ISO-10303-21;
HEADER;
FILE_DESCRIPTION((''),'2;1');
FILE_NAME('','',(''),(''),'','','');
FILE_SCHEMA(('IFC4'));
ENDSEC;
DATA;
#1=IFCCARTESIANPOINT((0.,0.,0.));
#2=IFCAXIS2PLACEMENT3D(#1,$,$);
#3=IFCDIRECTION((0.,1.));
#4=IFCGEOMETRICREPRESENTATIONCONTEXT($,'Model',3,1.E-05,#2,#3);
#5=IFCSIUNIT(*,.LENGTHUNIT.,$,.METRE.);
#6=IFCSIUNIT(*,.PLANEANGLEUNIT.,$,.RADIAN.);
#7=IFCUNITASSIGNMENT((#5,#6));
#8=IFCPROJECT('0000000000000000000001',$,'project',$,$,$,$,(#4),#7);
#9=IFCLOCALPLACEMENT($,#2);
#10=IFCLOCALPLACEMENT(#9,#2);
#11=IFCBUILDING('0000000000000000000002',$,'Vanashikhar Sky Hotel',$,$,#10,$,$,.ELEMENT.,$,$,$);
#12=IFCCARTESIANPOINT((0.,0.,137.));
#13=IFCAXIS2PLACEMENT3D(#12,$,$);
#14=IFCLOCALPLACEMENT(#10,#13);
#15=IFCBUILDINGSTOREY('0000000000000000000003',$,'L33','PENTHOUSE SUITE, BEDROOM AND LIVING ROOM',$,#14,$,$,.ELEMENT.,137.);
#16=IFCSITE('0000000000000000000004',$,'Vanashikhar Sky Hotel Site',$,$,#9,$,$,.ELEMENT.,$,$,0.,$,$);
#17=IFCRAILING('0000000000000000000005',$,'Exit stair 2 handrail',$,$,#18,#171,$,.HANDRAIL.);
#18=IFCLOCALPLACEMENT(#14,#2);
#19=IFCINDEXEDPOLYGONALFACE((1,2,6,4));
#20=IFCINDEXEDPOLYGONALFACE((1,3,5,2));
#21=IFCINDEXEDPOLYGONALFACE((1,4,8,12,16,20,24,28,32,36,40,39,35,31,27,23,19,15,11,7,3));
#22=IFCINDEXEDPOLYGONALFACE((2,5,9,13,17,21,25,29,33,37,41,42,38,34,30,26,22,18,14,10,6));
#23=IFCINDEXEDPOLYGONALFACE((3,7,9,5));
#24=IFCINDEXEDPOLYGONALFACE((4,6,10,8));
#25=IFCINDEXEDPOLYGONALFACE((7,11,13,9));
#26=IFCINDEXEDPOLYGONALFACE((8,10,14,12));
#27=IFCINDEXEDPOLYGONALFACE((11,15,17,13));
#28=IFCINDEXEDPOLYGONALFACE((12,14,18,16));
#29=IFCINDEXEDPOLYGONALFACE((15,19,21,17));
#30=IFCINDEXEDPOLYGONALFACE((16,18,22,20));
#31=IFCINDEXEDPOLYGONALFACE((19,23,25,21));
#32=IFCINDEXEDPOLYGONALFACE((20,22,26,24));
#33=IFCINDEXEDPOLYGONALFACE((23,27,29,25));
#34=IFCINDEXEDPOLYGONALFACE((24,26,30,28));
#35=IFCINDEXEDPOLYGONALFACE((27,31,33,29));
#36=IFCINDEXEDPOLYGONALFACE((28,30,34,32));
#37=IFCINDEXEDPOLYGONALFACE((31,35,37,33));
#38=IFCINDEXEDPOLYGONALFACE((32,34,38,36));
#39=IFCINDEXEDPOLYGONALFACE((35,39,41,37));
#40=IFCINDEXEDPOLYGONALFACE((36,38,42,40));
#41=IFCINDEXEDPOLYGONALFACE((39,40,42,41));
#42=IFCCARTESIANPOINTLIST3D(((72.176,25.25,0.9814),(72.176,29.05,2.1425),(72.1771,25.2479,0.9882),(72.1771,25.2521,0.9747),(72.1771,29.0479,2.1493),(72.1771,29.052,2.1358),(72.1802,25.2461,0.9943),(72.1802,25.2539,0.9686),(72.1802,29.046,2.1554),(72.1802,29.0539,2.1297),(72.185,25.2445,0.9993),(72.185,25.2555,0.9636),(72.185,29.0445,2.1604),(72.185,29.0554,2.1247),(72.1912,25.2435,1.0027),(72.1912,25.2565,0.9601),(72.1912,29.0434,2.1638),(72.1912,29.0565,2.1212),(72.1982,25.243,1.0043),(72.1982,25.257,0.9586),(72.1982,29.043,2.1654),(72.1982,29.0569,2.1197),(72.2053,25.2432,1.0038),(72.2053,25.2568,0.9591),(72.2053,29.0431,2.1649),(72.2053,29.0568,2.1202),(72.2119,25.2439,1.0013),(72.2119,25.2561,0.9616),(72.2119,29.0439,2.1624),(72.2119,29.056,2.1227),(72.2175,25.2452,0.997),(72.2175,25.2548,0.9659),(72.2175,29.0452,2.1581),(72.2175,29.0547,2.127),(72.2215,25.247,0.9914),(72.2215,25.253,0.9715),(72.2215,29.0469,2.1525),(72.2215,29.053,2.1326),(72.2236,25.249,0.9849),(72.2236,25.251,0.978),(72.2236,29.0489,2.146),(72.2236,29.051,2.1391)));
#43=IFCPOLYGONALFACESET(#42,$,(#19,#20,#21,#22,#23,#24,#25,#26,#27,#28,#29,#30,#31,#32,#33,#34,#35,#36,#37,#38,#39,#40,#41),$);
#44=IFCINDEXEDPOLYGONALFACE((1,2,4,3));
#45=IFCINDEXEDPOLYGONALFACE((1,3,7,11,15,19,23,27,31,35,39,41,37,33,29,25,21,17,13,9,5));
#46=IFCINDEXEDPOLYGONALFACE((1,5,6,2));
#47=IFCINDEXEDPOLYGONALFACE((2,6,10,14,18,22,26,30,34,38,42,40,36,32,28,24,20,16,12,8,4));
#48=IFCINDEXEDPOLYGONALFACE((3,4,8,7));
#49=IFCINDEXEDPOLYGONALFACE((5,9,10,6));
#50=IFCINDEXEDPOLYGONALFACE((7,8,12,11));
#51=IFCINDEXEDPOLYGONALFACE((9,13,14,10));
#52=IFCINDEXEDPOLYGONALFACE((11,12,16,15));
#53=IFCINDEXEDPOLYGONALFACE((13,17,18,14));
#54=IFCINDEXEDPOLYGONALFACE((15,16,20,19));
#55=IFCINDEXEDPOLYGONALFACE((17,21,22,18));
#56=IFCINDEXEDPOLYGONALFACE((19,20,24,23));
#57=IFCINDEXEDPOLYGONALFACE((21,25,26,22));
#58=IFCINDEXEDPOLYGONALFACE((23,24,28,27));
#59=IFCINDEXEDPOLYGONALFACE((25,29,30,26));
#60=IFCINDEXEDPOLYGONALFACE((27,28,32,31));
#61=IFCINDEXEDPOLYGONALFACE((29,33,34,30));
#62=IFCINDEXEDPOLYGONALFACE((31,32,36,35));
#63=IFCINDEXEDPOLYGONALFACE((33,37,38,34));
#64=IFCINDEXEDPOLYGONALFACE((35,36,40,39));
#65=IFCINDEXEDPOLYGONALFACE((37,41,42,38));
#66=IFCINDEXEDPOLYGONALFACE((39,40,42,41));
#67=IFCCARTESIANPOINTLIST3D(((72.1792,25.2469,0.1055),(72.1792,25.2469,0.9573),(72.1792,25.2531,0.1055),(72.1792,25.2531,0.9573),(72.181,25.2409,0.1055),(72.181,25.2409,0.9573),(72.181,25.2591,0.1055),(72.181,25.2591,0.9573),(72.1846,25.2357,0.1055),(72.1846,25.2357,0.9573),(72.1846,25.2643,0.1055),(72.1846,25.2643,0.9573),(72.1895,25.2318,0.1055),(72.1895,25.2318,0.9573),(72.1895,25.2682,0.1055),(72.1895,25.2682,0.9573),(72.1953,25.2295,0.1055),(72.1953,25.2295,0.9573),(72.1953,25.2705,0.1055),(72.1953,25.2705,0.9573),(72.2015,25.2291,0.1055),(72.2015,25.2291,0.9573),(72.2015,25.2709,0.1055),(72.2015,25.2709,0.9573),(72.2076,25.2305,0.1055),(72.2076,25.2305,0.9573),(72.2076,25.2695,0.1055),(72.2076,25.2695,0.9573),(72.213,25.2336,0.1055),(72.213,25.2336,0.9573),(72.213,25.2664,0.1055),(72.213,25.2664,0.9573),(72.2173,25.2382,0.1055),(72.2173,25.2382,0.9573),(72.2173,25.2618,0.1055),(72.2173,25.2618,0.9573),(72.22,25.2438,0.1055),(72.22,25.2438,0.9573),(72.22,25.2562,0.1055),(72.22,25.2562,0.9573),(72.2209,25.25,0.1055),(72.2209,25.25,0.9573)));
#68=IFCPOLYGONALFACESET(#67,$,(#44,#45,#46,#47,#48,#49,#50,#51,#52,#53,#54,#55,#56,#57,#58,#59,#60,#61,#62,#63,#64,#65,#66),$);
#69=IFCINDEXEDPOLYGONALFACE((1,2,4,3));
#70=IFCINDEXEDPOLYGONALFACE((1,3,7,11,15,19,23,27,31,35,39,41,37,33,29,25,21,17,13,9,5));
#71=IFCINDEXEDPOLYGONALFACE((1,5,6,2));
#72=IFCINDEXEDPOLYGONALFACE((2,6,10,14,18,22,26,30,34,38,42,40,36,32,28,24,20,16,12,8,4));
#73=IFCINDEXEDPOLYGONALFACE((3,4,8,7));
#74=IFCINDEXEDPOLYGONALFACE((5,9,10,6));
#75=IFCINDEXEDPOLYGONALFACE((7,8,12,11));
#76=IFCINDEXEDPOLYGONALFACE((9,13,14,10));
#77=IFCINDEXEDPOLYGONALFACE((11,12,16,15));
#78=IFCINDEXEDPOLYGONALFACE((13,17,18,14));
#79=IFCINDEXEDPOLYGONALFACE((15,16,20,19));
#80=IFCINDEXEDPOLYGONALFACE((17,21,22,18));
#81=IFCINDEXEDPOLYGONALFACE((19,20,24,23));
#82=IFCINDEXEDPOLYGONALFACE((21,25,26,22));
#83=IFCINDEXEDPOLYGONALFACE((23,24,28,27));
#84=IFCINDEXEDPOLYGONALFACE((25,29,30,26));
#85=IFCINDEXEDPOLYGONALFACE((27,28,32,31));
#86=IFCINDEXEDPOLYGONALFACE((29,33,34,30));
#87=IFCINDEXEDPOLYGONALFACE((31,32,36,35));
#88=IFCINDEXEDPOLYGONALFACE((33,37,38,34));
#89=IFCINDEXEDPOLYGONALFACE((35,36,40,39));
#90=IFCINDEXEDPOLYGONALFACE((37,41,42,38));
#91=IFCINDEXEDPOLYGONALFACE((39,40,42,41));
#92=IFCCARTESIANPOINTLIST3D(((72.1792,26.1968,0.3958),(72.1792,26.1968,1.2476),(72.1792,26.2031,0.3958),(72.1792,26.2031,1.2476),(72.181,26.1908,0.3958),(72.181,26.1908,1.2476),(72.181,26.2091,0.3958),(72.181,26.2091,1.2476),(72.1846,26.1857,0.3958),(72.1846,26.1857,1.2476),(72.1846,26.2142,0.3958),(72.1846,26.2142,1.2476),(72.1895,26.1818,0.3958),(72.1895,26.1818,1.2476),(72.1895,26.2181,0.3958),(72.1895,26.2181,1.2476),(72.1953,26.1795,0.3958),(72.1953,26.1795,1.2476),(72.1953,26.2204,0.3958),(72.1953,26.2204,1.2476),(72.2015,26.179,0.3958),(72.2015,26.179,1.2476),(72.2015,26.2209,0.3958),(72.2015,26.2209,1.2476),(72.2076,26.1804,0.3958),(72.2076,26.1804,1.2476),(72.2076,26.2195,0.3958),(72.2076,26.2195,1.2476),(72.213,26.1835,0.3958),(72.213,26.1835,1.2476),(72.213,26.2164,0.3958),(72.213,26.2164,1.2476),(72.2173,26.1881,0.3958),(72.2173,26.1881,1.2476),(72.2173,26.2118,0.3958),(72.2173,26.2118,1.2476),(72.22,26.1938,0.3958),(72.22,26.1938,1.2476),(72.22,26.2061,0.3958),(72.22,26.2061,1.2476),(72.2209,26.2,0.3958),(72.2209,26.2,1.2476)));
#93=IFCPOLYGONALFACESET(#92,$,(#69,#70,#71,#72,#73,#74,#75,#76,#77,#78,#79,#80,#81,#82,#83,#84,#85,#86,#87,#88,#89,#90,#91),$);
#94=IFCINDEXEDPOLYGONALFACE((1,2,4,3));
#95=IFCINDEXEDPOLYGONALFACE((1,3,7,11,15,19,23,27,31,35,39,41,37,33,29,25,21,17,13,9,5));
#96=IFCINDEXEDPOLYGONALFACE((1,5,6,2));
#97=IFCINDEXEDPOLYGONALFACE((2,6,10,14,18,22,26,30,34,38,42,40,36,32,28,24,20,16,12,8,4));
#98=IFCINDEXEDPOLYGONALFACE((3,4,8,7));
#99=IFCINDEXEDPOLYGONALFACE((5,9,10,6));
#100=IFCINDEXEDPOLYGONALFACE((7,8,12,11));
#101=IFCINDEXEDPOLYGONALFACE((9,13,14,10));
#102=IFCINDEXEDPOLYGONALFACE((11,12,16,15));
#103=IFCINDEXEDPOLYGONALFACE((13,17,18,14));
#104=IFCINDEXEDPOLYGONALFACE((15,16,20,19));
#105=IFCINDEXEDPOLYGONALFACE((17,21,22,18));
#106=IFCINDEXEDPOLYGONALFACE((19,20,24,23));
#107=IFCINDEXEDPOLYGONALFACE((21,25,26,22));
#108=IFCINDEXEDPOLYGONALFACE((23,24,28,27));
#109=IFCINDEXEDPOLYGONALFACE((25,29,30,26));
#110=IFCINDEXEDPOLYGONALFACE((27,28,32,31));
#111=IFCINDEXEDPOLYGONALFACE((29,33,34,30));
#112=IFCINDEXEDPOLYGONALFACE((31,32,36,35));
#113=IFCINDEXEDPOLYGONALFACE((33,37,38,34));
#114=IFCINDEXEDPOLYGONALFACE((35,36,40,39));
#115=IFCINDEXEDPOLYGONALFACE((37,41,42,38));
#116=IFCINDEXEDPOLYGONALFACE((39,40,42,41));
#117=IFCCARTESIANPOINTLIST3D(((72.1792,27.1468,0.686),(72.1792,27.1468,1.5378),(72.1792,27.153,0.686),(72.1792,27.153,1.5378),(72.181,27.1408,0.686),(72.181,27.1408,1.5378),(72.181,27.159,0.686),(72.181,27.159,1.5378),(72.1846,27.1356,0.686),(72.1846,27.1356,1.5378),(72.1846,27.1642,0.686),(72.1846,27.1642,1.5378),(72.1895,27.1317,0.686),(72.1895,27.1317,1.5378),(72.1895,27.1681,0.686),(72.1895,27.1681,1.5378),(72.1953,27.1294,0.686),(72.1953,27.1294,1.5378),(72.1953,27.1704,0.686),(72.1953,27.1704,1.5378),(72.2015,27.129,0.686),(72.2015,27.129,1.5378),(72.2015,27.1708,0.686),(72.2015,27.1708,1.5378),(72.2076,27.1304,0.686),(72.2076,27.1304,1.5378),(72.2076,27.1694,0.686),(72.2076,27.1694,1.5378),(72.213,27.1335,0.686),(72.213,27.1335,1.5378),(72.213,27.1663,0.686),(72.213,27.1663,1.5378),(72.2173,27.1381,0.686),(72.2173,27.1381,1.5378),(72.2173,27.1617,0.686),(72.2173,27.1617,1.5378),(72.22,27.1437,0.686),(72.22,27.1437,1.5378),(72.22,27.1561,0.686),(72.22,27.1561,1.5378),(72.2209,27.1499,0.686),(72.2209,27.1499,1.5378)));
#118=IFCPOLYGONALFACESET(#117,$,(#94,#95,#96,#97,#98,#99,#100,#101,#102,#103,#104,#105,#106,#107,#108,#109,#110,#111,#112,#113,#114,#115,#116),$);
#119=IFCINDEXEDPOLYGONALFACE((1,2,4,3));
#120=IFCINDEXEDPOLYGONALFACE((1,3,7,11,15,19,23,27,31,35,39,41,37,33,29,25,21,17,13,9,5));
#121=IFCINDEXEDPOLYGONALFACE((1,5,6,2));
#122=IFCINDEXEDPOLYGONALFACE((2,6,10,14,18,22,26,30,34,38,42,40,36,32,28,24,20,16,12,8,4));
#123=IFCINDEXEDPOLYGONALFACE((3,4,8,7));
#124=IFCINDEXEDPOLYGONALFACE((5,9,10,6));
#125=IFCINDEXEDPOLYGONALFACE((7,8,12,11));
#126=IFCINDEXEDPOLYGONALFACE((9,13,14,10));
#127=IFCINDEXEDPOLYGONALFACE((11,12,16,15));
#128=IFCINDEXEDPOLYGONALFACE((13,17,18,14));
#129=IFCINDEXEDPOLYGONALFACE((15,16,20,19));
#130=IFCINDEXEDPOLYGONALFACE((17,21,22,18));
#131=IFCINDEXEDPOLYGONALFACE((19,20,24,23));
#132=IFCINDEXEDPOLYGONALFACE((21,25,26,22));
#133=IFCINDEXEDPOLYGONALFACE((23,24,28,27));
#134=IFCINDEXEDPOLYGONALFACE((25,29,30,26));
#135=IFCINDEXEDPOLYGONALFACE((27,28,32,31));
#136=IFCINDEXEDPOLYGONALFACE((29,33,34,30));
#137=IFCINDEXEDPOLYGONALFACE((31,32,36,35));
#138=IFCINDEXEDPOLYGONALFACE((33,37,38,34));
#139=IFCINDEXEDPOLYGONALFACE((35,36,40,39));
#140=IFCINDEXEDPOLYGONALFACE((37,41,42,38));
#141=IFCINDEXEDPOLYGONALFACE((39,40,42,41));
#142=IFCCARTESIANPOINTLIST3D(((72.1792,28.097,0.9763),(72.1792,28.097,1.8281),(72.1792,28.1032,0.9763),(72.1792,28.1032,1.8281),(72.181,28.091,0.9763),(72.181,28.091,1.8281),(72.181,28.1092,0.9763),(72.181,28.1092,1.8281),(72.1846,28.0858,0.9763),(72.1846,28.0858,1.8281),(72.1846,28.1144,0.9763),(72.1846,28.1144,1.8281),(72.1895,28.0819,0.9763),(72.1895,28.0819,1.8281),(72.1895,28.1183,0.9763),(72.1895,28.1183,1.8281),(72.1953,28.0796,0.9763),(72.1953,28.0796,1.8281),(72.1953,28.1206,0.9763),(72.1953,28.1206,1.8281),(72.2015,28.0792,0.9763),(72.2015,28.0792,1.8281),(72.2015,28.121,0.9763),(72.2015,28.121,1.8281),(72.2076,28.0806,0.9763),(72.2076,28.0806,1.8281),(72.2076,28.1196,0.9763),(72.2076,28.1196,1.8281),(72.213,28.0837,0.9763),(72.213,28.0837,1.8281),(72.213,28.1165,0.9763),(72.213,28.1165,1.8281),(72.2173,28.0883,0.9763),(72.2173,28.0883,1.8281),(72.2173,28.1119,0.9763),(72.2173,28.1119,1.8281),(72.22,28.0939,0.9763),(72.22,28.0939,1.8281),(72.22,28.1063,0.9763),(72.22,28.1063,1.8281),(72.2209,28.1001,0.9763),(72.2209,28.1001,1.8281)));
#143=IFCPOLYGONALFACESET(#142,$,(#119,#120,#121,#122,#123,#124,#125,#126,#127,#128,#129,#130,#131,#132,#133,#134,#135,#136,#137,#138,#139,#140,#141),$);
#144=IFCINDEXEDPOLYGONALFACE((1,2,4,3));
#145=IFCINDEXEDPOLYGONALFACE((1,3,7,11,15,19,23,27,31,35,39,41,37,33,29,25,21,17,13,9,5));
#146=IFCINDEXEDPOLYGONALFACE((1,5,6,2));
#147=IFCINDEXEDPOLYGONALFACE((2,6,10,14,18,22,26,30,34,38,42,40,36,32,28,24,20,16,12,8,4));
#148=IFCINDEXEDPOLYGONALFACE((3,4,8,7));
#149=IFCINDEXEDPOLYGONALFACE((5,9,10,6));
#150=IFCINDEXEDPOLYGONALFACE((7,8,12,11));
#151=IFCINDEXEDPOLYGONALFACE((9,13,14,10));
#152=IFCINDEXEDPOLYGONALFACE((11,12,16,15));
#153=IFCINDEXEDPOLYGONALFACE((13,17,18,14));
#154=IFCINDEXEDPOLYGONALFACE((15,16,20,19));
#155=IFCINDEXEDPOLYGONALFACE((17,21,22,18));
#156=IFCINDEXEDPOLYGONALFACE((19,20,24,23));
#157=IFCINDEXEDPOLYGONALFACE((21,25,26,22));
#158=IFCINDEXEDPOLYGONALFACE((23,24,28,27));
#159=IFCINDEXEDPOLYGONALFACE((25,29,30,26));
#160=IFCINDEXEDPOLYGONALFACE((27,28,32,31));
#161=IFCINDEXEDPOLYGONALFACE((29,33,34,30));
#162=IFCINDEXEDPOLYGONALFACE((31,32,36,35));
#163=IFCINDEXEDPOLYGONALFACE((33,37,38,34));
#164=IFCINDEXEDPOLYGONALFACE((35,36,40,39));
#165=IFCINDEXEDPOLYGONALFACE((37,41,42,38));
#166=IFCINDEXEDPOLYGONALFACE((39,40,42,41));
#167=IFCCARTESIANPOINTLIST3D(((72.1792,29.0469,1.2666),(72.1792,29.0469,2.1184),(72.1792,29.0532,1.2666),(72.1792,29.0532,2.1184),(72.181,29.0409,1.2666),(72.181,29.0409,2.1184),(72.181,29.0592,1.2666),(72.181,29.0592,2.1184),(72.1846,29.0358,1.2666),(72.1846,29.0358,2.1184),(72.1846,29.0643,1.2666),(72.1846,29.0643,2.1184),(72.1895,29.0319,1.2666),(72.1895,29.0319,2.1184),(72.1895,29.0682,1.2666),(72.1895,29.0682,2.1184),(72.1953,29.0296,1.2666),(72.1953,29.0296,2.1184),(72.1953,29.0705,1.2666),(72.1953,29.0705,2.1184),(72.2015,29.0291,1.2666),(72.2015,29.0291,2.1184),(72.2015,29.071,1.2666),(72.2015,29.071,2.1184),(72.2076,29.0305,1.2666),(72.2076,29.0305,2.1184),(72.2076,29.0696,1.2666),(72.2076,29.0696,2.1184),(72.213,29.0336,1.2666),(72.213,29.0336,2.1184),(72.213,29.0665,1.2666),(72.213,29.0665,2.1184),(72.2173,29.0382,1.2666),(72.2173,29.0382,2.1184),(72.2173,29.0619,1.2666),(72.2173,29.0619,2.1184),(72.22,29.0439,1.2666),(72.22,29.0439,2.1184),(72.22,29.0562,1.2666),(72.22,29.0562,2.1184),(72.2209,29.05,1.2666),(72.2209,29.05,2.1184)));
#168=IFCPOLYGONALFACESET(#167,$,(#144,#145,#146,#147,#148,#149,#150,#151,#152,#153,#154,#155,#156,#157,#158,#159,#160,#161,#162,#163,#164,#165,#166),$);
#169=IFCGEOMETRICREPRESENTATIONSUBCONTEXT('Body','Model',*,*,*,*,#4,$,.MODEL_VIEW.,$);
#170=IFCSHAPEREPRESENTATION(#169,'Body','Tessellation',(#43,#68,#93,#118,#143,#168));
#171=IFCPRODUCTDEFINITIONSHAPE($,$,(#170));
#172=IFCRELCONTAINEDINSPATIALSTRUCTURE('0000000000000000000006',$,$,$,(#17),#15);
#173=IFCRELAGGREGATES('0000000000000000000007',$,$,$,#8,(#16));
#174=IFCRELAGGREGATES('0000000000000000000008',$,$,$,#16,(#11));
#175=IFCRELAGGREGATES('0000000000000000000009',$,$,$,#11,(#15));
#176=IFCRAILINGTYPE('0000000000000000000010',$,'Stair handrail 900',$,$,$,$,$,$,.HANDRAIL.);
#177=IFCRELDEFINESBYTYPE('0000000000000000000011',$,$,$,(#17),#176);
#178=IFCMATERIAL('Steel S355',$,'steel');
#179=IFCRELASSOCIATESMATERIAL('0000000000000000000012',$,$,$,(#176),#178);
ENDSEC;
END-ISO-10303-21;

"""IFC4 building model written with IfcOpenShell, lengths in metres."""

from ifc_helpers import new_model, si_unit, direction, frame, origin, origin_2d, place, context, subcontext, project, spatial, circle, extrude, source, transform, mapped, material, type_object, element, save


model = new_model("IFC4")

# Units and contexts
model_context = context("Model", 3, precision=1e-05, world=origin(), true_north=direction((0.0, 1.0)))
body_context = subcontext(model_context, "Body", "Model", "MODEL_VIEW")
ifc_project = project(units=[si_unit("LENGTHUNIT", "METRE"), si_unit("PLANEANGLEUNIT", "RADIAN")], contexts=[model_context])

# Site, building, storey
site_placement = place(None, origin())
site = spatial("IfcSite", under=ifc_project, at=site_placement, Name="Vanashikhar Sky Hotel Site", CompositionType="ELEMENT", RefElevation=0.0)
building_placement = place(site_placement, origin())
building = spatial("IfcBuilding", under=site, at=building_placement, Name="Vanashikhar Sky Hotel", CompositionType="ELEMENT")
storey_placement = place(building_placement, frame((0.0, 0.0, 137.0)))
storey = spatial("IfcBuildingStorey", under=building, at=storey_placement, Name="L33", Description="PENTHOUSE SUITE, BEDROOM AND LIVING ROOM", CompositionType="ELEMENT", Elevation=137.0)

# Railing
ifc_material_1 = material(Name="Steel S355", Category="steel")
railing_type_1 = type_object("IfcRailingType", Name="Stair handrail 900", PredefinedType="HANDRAIL", material=ifc_material_1)
shared_shape_1 = source(origin(), body_context, "Body", "SweptSolid", [
    extrude(circle(Radius=0.0239, at=origin_2d()), frame((0.0, 0.0, 0.876), z_axis=(0.0, 0.956351, 0.29222), x_axis=(-1.0, 0.0, 0.0)), (0.0, 0.0, 1.0), 3.9734),
    extrude(circle(Radius=0.021, at=origin_2d()), origin(), (0.0, 0.0, 1.0), 0.8518),
    extrude(circle(Radius=0.021, at=origin_2d()), frame((0.0, 0.95, 0.2903)), (0.0, 0.0, 1.0), 0.8518),
    extrude(circle(Radius=0.021, at=origin_2d()), frame((0.0, 1.8999, 0.5806)), (0.0, 0.0, 1.0), 0.8518),
    extrude(circle(Radius=0.021, at=origin_2d()), frame((0.0, 2.8501, 0.8708)), (0.0, 0.0, 1.0), 0.8518),
    extrude(circle(Radius=0.021, at=origin_2d()), frame((0.0, 3.8, 1.1611)), (0.0, 0.0, 1.0), 0.8518),
])
for number, where, name in (
    (1, (72.2, 25.25, 0.1055), "Exit stair 2 handrail"),
):
    element("IfcRailing", number, at=place(storey_placement, frame(where)), inside=storey, type_object=railing_type_1, Name=name, PredefinedType="HANDRAIL", context=body_context, shape_type="MappedRepresentation", body=[
        mapped(shared_shape_1, transform((0.0, 0.0, 0.0), scale=1.0)),
    ])

save(model, "model.ifc")
